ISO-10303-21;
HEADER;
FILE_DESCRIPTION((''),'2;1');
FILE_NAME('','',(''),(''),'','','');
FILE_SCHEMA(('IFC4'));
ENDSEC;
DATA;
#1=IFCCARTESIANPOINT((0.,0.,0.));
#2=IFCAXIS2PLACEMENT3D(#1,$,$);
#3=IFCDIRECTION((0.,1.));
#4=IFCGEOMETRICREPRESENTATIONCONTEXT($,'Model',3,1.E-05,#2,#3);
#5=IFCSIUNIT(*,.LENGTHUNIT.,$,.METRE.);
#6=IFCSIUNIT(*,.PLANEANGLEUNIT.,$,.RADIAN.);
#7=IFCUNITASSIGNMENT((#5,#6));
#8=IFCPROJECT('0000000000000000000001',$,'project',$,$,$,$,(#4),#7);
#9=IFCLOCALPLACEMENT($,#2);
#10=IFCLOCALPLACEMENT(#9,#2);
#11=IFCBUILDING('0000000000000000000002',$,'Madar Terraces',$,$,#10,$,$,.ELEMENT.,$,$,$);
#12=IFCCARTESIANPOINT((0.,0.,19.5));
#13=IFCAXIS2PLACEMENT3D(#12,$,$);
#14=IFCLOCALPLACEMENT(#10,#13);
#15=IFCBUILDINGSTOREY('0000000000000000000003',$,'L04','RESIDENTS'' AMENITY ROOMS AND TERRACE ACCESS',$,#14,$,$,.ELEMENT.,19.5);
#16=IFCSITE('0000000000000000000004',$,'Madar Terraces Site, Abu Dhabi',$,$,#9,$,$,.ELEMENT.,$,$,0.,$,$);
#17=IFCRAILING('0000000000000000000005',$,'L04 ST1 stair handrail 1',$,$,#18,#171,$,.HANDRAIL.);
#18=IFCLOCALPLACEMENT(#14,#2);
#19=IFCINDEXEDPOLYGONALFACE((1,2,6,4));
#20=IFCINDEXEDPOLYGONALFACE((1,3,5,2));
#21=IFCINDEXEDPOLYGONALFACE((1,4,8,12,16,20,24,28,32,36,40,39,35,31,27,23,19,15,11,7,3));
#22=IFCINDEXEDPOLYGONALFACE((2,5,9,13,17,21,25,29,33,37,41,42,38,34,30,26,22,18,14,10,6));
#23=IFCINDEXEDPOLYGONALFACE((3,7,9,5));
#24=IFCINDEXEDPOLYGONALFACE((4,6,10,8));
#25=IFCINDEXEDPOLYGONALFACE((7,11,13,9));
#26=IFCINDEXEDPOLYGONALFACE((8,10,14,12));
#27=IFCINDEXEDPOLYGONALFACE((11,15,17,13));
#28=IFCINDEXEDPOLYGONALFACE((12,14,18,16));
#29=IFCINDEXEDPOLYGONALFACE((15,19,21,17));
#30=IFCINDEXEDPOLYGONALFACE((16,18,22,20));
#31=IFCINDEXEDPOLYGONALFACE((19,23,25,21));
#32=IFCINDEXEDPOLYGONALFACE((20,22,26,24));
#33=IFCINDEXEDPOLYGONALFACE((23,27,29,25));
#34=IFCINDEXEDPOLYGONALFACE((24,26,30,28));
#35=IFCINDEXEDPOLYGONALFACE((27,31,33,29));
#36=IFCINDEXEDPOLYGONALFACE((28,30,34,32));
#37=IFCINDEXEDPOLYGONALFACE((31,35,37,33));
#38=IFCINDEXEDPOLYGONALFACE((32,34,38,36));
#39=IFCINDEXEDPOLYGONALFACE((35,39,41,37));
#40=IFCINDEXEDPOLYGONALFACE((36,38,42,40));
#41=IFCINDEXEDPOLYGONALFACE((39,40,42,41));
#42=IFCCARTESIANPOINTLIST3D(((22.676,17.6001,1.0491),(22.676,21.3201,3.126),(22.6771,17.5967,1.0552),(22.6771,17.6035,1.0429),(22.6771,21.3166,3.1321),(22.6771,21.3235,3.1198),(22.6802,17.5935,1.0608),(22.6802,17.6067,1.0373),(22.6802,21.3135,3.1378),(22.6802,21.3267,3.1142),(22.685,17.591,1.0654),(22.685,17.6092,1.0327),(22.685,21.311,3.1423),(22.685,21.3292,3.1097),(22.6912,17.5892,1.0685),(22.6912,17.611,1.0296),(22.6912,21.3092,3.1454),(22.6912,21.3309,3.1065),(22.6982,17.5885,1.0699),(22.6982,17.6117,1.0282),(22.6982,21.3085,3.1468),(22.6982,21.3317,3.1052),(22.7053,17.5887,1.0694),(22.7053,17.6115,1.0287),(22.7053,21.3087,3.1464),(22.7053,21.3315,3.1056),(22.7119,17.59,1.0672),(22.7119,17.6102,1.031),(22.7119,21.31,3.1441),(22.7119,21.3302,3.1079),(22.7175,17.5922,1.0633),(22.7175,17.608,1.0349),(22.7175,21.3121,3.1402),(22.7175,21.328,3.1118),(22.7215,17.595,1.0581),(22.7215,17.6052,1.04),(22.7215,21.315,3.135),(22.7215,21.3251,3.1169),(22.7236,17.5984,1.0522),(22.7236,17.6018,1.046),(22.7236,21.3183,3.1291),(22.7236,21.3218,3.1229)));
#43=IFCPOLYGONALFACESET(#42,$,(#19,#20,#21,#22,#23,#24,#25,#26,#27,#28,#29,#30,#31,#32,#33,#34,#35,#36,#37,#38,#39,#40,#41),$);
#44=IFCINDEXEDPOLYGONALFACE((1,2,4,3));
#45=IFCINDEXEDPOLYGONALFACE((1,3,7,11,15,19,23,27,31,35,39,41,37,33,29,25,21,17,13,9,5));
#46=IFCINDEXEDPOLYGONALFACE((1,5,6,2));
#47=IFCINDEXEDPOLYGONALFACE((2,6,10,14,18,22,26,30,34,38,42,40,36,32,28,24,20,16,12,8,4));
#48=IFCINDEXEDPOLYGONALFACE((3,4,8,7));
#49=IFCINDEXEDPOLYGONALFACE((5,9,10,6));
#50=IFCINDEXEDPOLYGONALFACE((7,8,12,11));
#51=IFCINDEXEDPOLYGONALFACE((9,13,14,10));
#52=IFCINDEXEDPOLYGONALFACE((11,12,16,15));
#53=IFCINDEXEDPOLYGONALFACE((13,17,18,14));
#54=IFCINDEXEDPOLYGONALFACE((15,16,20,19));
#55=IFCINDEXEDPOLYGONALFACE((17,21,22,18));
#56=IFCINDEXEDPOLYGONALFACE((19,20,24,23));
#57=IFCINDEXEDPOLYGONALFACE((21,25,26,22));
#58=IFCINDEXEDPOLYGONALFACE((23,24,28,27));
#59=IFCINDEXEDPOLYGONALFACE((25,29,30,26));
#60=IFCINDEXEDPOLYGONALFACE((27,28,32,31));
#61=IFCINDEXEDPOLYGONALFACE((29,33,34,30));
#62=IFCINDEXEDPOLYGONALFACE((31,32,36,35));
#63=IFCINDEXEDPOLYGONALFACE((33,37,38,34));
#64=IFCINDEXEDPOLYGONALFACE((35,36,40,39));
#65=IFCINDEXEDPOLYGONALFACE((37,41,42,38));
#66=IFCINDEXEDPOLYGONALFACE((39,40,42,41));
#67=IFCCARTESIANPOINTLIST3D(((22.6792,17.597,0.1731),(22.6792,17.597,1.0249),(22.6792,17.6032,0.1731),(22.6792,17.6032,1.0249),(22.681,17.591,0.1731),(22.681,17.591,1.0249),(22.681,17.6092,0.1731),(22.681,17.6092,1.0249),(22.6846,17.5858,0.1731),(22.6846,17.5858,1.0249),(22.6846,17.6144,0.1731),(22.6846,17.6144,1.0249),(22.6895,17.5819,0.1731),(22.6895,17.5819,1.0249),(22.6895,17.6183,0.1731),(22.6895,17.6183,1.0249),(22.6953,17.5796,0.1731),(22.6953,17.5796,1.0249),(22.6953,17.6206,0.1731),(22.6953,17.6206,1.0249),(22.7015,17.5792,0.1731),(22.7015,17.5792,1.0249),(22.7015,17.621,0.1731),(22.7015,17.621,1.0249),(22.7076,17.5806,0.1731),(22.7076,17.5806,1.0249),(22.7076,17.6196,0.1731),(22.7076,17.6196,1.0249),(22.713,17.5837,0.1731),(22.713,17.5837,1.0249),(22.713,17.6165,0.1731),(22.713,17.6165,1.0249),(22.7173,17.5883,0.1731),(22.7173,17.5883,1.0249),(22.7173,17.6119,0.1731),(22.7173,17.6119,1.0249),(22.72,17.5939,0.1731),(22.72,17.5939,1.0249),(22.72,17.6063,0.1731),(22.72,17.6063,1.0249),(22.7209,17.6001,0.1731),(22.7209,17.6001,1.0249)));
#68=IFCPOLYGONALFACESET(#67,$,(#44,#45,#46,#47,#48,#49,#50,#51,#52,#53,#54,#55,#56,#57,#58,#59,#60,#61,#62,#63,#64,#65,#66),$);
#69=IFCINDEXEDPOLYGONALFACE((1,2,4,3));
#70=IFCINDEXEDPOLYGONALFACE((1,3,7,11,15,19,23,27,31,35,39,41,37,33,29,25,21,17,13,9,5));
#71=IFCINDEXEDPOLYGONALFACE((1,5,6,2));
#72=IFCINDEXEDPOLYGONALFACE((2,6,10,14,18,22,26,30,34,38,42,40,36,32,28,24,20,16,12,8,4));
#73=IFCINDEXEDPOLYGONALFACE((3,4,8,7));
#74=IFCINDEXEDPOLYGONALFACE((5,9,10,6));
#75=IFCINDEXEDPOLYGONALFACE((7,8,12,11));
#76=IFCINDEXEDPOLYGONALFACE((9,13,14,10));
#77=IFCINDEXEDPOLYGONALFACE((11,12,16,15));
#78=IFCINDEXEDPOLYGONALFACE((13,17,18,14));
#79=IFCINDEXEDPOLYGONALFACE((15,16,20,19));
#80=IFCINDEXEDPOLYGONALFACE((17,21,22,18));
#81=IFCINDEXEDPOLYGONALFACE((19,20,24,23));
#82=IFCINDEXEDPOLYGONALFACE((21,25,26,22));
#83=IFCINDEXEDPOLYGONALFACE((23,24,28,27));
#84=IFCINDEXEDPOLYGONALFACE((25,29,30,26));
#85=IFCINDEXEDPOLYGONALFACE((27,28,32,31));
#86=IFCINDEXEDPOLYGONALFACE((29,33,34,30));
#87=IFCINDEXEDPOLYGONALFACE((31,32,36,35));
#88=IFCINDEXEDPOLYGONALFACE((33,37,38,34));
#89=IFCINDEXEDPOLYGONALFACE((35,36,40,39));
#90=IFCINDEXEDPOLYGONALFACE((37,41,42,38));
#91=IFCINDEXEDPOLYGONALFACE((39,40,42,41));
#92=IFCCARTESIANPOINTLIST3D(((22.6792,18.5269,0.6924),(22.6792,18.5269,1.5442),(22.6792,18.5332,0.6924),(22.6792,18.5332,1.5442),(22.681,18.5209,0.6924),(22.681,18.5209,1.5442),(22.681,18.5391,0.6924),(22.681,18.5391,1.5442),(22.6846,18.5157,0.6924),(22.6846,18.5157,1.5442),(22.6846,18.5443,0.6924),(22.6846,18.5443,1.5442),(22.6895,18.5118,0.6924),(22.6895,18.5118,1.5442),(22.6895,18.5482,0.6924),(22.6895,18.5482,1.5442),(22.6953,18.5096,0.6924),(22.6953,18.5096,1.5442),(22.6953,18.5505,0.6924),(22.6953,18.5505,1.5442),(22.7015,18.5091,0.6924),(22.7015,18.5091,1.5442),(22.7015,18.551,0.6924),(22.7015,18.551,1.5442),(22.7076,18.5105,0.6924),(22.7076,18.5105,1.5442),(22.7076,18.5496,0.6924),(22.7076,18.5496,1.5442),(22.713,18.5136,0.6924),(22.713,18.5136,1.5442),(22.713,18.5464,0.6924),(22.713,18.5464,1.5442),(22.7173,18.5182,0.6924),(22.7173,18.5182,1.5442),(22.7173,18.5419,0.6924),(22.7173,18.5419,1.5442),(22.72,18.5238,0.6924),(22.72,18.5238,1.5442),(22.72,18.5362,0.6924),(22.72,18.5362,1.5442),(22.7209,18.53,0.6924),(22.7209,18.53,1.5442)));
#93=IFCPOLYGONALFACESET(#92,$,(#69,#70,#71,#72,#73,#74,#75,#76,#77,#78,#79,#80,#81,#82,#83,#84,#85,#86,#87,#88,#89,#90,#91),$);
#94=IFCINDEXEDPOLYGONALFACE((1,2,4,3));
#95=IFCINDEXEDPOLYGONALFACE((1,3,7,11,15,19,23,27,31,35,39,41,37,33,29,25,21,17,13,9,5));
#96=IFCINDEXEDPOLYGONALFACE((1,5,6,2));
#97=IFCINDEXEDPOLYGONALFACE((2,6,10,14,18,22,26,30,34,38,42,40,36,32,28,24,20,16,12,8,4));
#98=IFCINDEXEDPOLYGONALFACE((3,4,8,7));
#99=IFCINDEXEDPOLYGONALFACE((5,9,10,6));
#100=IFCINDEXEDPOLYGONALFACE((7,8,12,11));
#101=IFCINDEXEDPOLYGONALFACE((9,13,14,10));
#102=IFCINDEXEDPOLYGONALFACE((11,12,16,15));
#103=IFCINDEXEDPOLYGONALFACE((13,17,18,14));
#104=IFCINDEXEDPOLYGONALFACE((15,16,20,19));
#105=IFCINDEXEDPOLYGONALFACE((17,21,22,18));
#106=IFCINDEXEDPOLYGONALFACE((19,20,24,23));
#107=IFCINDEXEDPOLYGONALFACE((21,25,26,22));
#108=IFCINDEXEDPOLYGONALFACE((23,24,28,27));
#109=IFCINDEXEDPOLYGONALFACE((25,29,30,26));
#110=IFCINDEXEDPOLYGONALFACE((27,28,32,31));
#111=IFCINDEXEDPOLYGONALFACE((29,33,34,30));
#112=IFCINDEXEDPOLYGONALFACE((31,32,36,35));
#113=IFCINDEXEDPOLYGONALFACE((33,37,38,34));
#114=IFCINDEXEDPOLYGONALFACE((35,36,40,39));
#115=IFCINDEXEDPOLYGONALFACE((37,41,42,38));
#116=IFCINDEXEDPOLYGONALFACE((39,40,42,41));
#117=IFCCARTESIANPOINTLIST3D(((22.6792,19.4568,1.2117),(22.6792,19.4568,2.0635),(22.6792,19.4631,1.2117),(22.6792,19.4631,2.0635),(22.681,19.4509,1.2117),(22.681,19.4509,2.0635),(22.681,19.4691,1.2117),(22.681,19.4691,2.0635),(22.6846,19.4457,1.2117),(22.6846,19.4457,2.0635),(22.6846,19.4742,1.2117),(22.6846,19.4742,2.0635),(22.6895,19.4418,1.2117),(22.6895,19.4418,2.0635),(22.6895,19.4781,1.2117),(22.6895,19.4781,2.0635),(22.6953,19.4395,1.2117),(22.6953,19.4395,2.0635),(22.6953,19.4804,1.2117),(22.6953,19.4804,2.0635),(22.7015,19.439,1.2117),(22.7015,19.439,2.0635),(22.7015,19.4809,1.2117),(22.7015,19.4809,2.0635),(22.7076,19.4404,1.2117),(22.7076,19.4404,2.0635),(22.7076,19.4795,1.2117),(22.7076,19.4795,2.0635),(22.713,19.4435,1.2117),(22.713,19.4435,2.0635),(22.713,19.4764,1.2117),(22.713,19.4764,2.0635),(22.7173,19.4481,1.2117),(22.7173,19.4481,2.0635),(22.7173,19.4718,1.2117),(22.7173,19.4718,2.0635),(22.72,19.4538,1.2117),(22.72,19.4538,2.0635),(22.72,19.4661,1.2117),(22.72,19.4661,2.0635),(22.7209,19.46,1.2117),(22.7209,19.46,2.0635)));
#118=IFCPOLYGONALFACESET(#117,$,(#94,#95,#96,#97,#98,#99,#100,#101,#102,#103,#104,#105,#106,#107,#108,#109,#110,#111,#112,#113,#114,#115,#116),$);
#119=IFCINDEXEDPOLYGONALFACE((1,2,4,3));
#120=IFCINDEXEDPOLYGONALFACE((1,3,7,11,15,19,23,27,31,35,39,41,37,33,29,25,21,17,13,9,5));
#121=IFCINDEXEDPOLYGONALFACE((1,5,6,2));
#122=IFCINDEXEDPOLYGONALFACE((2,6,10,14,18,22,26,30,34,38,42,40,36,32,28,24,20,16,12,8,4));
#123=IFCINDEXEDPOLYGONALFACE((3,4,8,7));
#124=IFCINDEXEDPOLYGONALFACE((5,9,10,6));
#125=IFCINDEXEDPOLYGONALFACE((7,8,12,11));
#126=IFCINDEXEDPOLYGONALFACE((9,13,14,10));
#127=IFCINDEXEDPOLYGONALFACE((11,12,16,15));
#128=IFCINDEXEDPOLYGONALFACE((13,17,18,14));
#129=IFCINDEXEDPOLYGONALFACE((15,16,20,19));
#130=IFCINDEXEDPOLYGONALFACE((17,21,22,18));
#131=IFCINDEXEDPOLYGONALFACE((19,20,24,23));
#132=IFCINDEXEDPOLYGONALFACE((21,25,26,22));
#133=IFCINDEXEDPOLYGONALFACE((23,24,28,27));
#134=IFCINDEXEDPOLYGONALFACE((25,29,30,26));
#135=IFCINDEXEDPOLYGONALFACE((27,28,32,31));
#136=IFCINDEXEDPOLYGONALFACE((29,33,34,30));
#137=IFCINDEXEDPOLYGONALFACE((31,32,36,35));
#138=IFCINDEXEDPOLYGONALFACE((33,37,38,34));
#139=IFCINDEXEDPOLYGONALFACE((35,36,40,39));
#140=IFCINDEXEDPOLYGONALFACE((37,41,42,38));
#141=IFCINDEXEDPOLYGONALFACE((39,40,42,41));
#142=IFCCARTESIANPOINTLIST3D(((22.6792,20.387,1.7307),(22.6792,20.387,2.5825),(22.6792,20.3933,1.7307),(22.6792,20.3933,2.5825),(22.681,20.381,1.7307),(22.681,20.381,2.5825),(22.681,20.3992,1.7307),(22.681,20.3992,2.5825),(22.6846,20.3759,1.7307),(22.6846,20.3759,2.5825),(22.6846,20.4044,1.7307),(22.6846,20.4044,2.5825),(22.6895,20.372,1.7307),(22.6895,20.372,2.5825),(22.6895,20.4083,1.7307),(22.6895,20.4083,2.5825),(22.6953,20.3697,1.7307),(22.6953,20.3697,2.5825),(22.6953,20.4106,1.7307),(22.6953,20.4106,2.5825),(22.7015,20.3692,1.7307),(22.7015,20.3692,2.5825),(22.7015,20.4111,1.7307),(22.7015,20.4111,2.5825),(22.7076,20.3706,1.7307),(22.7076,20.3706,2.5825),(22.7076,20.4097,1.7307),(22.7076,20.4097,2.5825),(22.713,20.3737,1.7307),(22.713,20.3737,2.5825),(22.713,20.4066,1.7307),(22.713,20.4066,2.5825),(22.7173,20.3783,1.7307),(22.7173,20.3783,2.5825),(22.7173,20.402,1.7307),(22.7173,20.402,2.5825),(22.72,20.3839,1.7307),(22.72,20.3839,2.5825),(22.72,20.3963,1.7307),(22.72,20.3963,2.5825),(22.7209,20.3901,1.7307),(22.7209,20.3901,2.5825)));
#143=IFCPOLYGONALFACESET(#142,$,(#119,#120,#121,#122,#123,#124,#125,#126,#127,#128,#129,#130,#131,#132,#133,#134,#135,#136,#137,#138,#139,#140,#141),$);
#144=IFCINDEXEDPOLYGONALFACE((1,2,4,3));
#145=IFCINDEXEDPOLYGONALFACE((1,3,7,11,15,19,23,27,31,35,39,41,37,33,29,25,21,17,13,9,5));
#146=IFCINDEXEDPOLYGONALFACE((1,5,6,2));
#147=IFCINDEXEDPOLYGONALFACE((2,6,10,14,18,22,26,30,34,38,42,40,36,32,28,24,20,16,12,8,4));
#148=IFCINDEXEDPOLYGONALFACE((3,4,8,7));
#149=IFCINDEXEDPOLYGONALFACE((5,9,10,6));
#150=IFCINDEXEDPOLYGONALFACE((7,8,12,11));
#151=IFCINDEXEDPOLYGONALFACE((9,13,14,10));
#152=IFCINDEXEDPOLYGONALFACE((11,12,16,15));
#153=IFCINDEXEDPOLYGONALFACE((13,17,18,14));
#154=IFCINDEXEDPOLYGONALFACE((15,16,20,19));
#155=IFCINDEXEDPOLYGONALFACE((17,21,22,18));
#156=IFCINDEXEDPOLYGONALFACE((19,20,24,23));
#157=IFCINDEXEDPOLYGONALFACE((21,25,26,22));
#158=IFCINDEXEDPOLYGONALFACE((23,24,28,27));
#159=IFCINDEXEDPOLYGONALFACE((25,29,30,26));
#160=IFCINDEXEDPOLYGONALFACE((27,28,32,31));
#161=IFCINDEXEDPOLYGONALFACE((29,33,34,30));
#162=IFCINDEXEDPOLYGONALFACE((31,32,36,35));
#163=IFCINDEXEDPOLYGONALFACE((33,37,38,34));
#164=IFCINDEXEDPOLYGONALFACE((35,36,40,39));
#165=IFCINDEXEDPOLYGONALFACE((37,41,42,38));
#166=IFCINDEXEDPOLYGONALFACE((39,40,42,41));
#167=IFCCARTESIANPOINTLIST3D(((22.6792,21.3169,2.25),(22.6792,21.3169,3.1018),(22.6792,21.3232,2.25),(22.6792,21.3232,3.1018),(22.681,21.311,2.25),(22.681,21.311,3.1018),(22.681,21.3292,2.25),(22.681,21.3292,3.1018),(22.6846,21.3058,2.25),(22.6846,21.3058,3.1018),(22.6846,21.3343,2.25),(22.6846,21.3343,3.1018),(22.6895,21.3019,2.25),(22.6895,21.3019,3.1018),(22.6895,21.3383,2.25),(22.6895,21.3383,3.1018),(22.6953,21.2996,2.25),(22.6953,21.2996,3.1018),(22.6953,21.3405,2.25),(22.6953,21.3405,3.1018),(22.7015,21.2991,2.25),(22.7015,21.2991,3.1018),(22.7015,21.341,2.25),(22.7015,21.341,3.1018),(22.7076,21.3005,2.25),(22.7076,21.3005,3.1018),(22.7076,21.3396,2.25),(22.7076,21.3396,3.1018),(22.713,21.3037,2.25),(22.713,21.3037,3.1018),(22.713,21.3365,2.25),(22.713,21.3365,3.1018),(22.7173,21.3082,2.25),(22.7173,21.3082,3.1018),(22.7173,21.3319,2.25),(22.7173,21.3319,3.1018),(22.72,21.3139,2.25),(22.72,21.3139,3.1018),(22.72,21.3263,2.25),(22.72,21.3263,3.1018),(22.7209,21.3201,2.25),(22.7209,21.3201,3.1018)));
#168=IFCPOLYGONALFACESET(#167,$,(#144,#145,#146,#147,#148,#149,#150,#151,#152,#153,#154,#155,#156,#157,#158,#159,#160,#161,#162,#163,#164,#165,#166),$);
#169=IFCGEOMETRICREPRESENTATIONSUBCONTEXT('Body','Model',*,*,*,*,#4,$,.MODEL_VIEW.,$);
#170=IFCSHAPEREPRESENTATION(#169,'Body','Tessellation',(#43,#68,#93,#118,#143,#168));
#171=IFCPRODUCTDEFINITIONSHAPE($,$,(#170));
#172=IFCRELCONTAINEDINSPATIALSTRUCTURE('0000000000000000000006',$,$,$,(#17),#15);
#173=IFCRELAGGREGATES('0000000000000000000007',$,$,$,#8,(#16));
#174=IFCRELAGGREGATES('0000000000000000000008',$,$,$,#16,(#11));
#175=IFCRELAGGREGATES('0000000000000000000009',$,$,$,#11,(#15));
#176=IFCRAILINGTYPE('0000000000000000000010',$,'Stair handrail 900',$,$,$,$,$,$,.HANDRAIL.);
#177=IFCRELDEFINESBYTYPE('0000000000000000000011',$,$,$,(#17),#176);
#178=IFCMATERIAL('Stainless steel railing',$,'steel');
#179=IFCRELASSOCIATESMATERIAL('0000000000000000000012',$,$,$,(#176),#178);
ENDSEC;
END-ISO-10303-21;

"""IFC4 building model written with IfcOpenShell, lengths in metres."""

from ifc_helpers import new_model, si_unit, direction, frame, origin, origin_2d, place, context, subcontext, project, spatial, circle, extrude, material, type_object, element, save


model = new_model("IFC4")

# Units and contexts
model_context = context("Model", 3, precision=1e-05, world=origin(), true_north=direction((0.0, 1.0)))
body_context = subcontext(model_context, "Body", "Model", "MODEL_VIEW")
ifc_project = project(units=[si_unit("LENGTHUNIT", "METRE"), si_unit("PLANEANGLEUNIT", "RADIAN")], contexts=[model_context])

# Site, building, storey
site_placement = place(None, origin())
site = spatial("IfcSite", under=ifc_project, at=site_placement, Name="Madar Terraces Site, Abu Dhabi", CompositionType="ELEMENT", RefElevation=0.0)
building_placement = place(site_placement, origin())
building = spatial("IfcBuilding", under=site, at=building_placement, Name="Madar Terraces", CompositionType="ELEMENT")
storey_placement = place(building_placement, frame((0.0, 0.0, 19.5)))
storey = spatial("IfcBuildingStorey", under=building, at=storey_placement, Name="L04", Description="RESIDENTS' AMENITY ROOMS AND TERRACE ACCESS", CompositionType="ELEMENT", Elevation=19.5)

# Railing
ifc_material_1 = material(Name="Stainless steel railing", Category="steel")
railing_type_1 = type_object("IfcRailingType", Name="Stair handrail 900", PredefinedType="HANDRAIL", material=ifc_material_1)
railing_1_placement = place(storey_placement, frame((22.7, 17.6001, 0.1731)))
element("IfcRailing", 1, at=railing_1_placement, inside=storey, type_object=railing_type_1, Name="L04 ST1 stair handrail 1", PredefinedType="HANDRAIL", context=body_context, shape_type="SweptSolid", body=[
    extrude(circle(Radius=0.0239, at=origin_2d()), frame((0.0, 0.0, 0.876), z_axis=(0.0, 0.873134, 0.487481), x_axis=(-1.0, 0.0, 0.0)), (0.0, 0.0, 1.0), 4.2605),
    extrude(circle(Radius=0.021, at=origin_2d()), origin(), (0.0, 0.0, 1.0), 0.8518),
    extrude(circle(Radius=0.021, at=origin_2d()), frame((0.0, 0.9299, 0.5193)), (0.0, 0.0, 1.0), 0.8518),
    extrude(circle(Radius=0.021, at=origin_2d()), frame((0.0, 1.8599, 1.0386)), (0.0, 0.0, 1.0), 0.8518),
    extrude(circle(Radius=0.021, at=origin_2d()), frame((0.0, 2.79, 1.5576)), (0.0, 0.0, 1.0), 0.8518),
    extrude(circle(Radius=0.021, at=origin_2d()), frame((0.0, 3.72, 2.0769)), (0.0, 0.0, 1.0), 0.8518),
])

save(model, "model.ifc")
